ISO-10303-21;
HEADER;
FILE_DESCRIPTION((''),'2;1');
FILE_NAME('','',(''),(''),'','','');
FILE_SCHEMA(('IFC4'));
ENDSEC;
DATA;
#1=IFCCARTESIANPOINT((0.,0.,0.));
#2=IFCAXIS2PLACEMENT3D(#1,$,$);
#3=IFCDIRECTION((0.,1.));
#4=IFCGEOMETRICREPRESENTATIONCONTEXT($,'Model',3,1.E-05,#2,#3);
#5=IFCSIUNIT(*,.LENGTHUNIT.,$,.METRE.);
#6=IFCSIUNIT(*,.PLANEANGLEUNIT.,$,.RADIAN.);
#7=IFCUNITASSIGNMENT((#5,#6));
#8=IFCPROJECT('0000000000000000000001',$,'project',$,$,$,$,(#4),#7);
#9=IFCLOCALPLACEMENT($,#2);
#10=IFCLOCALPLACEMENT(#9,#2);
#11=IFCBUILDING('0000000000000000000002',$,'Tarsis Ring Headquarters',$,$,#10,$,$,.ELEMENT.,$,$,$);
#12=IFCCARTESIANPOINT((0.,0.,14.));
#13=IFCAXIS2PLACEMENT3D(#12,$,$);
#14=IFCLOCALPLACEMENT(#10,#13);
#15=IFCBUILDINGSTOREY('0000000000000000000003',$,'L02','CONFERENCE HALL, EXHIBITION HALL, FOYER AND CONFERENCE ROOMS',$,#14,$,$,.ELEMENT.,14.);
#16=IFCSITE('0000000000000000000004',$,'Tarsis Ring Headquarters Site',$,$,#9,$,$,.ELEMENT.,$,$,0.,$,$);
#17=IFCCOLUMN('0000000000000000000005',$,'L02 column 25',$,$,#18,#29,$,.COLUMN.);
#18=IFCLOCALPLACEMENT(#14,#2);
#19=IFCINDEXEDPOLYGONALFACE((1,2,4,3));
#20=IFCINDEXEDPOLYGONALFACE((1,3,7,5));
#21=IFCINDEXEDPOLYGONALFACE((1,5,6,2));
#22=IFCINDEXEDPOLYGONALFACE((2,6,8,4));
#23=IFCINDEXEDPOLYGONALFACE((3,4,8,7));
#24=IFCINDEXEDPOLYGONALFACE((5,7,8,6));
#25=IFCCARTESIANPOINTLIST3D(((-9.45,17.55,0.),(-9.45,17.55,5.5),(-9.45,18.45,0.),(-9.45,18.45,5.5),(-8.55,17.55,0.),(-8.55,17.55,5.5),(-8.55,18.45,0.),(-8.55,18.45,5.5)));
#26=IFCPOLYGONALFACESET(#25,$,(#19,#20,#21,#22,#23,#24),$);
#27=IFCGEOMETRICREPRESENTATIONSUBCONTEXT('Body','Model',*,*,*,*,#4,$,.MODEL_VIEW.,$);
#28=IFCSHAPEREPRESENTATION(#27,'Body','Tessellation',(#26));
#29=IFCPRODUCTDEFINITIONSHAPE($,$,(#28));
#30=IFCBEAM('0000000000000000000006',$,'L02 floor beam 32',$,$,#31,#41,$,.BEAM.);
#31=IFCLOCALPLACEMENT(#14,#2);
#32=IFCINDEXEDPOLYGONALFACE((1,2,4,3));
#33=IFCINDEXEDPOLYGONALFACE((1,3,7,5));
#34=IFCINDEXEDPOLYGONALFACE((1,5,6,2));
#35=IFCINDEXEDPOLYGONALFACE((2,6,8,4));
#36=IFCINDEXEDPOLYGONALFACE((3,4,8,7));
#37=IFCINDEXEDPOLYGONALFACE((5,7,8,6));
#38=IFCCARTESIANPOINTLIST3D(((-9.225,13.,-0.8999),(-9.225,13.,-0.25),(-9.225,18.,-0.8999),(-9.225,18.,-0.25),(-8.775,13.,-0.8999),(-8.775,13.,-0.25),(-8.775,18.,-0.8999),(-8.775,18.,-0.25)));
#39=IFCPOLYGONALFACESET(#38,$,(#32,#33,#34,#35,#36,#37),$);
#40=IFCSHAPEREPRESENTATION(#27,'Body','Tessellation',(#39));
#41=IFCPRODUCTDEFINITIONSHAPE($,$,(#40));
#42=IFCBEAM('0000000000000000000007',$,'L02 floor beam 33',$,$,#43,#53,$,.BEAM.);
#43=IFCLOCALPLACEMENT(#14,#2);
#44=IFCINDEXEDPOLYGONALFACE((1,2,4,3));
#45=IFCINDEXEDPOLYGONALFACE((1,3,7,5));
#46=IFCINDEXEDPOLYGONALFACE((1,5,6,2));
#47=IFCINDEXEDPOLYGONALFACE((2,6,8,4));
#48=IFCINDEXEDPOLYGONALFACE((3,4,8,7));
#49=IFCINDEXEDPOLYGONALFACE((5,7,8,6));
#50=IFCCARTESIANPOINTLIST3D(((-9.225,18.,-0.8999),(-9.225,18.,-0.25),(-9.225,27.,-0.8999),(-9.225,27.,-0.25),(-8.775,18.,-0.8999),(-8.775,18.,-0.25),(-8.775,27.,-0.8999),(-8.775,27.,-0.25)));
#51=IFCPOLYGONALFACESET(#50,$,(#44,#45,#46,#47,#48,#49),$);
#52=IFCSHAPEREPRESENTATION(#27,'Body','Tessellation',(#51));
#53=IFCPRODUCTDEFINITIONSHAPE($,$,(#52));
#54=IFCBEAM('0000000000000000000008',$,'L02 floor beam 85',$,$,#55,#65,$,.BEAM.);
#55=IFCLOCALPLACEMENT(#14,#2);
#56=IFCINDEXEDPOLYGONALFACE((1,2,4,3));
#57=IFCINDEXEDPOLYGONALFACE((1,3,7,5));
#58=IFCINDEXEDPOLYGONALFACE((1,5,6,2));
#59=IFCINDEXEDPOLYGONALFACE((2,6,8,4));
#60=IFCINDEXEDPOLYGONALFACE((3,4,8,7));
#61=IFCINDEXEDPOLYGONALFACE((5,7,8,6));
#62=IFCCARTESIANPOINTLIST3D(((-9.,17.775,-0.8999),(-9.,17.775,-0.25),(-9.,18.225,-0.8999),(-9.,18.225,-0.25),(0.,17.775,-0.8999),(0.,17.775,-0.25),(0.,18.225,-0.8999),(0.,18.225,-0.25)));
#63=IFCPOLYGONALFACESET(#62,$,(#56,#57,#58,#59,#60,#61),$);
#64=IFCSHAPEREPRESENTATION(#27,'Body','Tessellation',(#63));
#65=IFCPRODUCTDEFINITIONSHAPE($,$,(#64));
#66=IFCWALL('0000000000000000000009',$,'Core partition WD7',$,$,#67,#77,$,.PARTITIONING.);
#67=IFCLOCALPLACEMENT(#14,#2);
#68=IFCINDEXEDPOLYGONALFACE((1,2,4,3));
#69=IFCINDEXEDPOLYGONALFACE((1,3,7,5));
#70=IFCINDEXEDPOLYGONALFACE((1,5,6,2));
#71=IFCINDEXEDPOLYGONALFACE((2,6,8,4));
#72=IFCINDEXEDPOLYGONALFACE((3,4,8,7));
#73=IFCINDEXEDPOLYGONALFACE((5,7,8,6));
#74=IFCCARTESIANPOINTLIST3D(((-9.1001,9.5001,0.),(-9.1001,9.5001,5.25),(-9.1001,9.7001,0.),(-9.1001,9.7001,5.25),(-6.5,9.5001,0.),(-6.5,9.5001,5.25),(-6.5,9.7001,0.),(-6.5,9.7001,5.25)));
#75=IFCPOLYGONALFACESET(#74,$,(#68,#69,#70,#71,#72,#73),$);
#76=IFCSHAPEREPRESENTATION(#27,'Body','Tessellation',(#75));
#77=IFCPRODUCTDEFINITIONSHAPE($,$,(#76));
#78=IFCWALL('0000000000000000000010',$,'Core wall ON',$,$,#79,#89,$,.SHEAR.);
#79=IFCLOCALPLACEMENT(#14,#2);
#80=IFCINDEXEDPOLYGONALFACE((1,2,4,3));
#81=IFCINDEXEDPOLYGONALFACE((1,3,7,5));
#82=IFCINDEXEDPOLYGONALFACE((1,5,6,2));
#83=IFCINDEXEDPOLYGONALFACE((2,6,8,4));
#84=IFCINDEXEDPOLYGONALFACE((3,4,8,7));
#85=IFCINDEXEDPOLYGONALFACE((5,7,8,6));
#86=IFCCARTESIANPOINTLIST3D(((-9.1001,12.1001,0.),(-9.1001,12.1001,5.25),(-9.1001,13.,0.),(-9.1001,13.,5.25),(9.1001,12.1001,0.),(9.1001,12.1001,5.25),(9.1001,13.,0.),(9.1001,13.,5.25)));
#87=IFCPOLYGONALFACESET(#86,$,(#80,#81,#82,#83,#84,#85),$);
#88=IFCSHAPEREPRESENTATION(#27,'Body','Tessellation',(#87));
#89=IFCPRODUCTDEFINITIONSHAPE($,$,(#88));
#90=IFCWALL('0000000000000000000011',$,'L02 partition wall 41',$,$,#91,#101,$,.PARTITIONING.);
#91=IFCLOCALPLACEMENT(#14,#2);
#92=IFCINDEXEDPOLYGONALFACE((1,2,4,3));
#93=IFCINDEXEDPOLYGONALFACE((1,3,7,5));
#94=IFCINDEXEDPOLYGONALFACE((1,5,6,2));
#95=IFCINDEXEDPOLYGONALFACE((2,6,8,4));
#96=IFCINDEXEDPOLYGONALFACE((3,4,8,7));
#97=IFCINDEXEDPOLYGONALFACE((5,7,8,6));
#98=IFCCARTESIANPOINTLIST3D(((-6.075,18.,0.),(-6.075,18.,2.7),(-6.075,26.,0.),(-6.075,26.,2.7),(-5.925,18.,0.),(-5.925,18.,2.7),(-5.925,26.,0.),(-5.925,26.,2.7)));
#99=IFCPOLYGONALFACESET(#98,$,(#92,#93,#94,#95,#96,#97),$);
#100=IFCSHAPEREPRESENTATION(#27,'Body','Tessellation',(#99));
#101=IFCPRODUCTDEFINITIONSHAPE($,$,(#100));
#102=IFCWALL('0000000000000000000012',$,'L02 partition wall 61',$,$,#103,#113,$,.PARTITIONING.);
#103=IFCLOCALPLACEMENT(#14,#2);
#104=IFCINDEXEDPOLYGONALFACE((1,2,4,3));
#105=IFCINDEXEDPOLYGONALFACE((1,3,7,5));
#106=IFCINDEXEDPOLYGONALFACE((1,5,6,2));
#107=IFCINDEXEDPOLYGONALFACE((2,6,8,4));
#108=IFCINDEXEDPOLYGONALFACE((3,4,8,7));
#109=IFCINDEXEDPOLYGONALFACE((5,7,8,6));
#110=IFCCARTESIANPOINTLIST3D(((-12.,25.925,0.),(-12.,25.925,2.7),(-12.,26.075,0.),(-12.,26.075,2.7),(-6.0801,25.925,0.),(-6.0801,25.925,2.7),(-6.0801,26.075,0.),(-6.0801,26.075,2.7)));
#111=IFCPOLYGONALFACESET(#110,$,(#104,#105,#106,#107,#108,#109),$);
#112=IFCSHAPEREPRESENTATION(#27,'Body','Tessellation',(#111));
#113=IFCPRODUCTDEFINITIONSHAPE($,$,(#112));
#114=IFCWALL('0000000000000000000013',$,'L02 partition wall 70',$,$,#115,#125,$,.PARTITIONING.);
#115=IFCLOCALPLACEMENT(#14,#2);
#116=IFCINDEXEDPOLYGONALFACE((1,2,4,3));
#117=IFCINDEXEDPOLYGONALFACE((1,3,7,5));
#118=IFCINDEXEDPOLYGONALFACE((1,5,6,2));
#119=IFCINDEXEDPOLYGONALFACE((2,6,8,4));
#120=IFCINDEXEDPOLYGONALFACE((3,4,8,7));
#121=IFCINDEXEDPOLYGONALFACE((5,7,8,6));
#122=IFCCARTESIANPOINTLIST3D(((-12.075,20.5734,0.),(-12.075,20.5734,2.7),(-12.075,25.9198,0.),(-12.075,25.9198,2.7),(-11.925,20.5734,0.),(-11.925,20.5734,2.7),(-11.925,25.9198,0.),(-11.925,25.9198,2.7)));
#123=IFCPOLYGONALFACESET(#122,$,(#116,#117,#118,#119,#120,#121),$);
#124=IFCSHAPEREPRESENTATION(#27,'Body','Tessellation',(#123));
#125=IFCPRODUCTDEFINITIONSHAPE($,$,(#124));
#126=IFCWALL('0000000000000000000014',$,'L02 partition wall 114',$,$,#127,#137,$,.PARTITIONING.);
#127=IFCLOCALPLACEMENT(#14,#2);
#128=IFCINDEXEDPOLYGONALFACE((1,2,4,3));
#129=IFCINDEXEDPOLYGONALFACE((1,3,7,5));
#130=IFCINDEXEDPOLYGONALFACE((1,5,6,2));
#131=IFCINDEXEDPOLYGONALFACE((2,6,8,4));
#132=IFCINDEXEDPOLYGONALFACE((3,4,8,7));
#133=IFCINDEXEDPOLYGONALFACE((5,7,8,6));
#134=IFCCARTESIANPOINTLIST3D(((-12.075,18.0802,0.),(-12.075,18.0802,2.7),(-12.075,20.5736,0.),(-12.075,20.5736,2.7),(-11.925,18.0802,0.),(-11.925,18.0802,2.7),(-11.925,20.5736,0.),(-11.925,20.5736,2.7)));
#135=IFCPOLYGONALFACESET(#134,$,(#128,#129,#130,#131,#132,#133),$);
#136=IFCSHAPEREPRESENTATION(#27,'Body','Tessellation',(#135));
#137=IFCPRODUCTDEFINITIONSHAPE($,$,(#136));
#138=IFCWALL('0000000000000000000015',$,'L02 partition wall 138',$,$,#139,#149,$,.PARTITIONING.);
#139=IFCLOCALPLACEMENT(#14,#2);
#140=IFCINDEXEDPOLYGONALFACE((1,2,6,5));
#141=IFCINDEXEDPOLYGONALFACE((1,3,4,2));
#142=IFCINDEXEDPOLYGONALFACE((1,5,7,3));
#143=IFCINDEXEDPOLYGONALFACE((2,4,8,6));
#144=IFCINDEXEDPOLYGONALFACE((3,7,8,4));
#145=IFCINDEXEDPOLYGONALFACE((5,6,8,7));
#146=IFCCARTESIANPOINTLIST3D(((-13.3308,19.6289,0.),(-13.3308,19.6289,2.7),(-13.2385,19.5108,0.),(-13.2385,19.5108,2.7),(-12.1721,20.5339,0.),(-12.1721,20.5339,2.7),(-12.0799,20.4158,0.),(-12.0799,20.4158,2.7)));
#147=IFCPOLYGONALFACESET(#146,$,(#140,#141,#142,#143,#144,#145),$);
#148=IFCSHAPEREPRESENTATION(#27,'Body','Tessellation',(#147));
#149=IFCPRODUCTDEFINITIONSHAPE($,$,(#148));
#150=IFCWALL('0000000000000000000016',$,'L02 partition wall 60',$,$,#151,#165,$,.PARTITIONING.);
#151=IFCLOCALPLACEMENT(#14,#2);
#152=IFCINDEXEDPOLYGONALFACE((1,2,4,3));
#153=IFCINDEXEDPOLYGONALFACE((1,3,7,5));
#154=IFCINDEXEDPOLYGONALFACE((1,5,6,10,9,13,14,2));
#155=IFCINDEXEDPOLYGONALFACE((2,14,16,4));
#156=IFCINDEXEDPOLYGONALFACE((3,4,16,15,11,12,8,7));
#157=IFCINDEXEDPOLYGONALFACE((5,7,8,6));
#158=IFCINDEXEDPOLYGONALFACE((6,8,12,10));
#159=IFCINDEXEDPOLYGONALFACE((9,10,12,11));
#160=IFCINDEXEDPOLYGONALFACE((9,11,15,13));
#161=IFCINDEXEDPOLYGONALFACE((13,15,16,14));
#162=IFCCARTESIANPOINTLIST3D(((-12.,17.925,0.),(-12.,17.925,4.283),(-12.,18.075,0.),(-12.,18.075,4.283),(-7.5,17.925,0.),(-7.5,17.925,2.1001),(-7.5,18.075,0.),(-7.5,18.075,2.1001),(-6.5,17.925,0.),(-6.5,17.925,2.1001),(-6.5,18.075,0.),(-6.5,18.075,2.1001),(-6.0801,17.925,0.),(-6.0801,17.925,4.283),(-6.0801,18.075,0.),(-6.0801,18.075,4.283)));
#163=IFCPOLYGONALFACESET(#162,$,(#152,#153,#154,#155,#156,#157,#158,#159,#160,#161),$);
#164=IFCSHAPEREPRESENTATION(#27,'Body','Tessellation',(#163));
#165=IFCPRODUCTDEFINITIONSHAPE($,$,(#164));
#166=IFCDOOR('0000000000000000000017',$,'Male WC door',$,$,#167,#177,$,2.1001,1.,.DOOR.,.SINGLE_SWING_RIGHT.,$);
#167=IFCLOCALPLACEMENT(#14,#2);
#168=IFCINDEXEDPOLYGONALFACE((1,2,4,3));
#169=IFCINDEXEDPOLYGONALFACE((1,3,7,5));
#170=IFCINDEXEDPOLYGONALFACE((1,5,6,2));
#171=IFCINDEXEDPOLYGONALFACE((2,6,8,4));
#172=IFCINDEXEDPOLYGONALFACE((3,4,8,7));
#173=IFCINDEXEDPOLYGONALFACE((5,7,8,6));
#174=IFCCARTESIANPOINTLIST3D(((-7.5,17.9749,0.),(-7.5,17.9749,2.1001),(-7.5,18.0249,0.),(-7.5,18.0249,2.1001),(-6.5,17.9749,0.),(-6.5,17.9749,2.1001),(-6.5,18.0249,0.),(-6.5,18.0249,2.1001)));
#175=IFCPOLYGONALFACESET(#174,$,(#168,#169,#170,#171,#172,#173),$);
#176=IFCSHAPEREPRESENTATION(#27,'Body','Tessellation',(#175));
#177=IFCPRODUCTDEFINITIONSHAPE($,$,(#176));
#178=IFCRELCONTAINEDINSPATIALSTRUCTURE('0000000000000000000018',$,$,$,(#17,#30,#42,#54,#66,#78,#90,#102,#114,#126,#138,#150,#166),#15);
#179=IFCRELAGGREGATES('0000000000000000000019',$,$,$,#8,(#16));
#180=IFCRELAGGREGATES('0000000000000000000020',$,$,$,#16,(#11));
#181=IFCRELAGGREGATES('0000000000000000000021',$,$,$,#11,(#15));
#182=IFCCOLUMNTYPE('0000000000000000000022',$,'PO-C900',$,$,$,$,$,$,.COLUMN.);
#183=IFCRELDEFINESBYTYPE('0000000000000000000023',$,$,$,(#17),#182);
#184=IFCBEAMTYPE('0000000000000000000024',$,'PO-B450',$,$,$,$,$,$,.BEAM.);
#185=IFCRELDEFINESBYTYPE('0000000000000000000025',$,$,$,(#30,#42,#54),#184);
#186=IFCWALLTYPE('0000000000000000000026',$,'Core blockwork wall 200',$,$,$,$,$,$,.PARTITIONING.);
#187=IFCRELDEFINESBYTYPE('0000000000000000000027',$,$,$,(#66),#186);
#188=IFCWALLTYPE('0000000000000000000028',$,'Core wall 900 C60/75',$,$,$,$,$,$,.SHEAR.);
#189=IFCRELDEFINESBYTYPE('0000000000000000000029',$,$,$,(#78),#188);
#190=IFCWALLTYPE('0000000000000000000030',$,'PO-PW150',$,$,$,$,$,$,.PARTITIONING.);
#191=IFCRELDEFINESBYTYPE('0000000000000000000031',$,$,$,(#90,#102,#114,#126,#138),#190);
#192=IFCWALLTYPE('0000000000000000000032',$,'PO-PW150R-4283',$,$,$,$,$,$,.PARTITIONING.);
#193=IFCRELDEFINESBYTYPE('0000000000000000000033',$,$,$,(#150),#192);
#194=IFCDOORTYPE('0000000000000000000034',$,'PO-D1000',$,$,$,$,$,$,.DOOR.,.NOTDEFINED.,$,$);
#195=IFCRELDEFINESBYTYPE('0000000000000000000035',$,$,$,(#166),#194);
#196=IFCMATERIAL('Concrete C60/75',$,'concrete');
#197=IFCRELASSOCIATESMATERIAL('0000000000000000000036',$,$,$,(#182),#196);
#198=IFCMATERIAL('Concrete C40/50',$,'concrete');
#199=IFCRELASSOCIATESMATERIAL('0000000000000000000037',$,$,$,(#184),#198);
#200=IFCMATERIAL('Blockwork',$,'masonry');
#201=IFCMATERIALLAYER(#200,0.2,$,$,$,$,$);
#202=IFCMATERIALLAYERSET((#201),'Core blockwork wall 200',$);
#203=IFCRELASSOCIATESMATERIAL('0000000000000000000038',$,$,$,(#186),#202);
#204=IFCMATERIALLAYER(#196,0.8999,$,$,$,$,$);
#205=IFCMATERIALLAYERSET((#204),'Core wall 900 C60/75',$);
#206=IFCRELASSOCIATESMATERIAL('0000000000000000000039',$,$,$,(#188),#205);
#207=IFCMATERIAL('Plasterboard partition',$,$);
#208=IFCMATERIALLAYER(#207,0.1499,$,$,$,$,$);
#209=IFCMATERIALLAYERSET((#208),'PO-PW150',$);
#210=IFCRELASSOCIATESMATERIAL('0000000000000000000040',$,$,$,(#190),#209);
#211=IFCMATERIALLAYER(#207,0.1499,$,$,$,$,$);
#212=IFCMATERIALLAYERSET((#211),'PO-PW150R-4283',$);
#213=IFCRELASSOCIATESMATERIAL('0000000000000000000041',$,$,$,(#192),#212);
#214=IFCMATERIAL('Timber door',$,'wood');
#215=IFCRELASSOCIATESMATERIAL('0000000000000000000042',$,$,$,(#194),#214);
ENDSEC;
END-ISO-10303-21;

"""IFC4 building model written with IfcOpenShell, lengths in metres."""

from ifc_helpers import new_model, si_unit, direction, frame, frame_2d, origin, origin_2d, place, context, subcontext, project, spatial, rectangle, extrude, material, layer, layer_set, material_profile, profile_set, type_object, element, fill, save


model = new_model("IFC4")

# Units and contexts
model_context = context("Model", 3, precision=1e-05, world=origin(), true_north=direction((0.0, 1.0)))
body_context = subcontext(model_context, "Body", "Model", "MODEL_VIEW")
ifc_project = project(units=[si_unit("LENGTHUNIT", "METRE"), si_unit("PLANEANGLEUNIT", "RADIAN")], contexts=[model_context])

# Site, building, storey
site_placement = place(None, origin())
site = spatial("IfcSite", under=ifc_project, at=site_placement, Name="Tarsis Ring Headquarters Site", CompositionType="ELEMENT", RefElevation=0.0)
building_placement = place(site_placement, origin())
building = spatial("IfcBuilding", under=site, at=building_placement, Name="Tarsis Ring Headquarters", CompositionType="ELEMENT")
storey_placement = place(building_placement, frame((0.0, 0.0, 14.0)))
storey = spatial("IfcBuildingStorey", under=building, at=storey_placement, Name="L02", Description="CONFERENCE HALL, EXHIBITION HALL, FOYER AND CONFERENCE ROOMS", CompositionType="ELEMENT", Elevation=14.0)

# Column
ifc_material_1 = material(Name="Concrete C60/75", Category="concrete")
ifc_material_profile_1 = material_profile(ifc_material_1, rectangle(XDim=0.8999, YDim=0.8999, at=origin_2d()), Name="PO-C900")
ifc_profile_set_1 = profile_set([ifc_material_profile_1], Name="Concrete C60/75")
column_type = type_object("IfcColumnType", Name="PO-C900", PredefinedType="COLUMN", material=ifc_profile_set_1)
column_placement = place(storey_placement, frame((-9.0, 18.0, 0.0), z_axis=(0.0, 0.0, 1.0), x_axis=(1.0, 0.0, 0.0)))
element("IfcColumn", 1, at=column_placement, inside=storey, type_object=column_type, Name="L02 column 25", PredefinedType="COLUMN", context=body_context, shape_type="SweptSolid", body=[
    extrude(rectangle(XDim=0.8999, YDim=0.8999, at=origin_2d()), origin(), (0.0, 0.0, 1.0), 5.5),
])

# Beams
ifc_material_2 = material(Name="Concrete C40/50", Category="concrete")
ifc_material_profile_2 = material_profile(ifc_material_2, rectangle(XDim=0.45, YDim=0.6499, at=origin_2d()), Name="PO-B450")
ifc_profile_set_2 = profile_set([ifc_material_profile_2], Name="Concrete C40/50")
beam_type = type_object("IfcBeamType", Name="PO-B450", PredefinedType="BEAM", material=ifc_profile_set_2)
beam_placement = place(storey_placement, frame((-9.0, 13.0, -0.575), z_axis=(0.0, 1.0, 0.0), x_axis=(-1.0, 0.0, 0.0)))
element("IfcBeam", 2, at=beam_placement, inside=storey, type_object=beam_type, Name="L02 floor beam 32", PredefinedType="BEAM", context=body_context, shape_type="SweptSolid", body=[
    extrude(rectangle(XDim=0.45, YDim=0.6499, at=origin_2d()), origin(), (0.0, 0.0, 1.0), 5.0),
])
for number, where, z_axis, x_axis, name in (
    (3, (-9.0, 18.0, -0.575), (0.0, 1.0, 0.0), (-1.0, 0.0, 0.0), "L02 floor beam 33"),
    (4, (-9.0, 18.0, -0.575), (1.0, 0.0, 0.0), (0.0, 1.0, 0.0), "L02 floor beam 85"),
):
    element("IfcBeam", number, at=place(storey_placement, frame(where, z_axis=z_axis, x_axis=x_axis)), inside=storey, type_object=beam_type, Name=name, PredefinedType="BEAM", context=body_context, shape_type="SweptSolid", body=[
        extrude(rectangle(XDim=0.45, YDim=0.6499, at=origin_2d()), origin(), (0.0, 0.0, 1.0), 9.0),
    ])

# Walls
ifc_material_3 = material(Name="Blockwork", Category="masonry")
ifc_layer_1 = layer(ifc_material_3, 0.2)
ifc_layer_set_1 = layer_set([ifc_layer_1], Name="Core blockwork wall 200")
wall_type_1 = type_object("IfcWallType", Name="Core blockwork wall 200", PredefinedType="PARTITIONING", material=ifc_layer_set_1)
wall_1_placement = place(storey_placement, frame((-9.1001, 9.6001, 0.0), z_axis=(0.0, 0.0, 1.0), x_axis=(1.0, 0.0, 0.0)))
element("IfcWall", 5, at=wall_1_placement, inside=storey, type_object=wall_type_1, Name="Core partition WD7", PredefinedType="PARTITIONING", context=body_context, shape_type="SweptSolid", body=[
    extrude(rectangle(XDim=2.6001, YDim=0.2, at=frame_2d((1.3, 0.0))), origin(), (0.0, 0.0, 1.0), 5.25),
])
ifc_layer_2 = layer(ifc_material_1, 0.8999)
ifc_layer_set_2 = layer_set([ifc_layer_2], Name="Core wall 900 C60/75")
wall_type_2 = type_object("IfcWallType", Name="Core wall 900 C60/75", PredefinedType="SHEAR", material=ifc_layer_set_2)
wall_2_placement = place(storey_placement, frame((-9.1001, 12.55, 0.0), z_axis=(0.0, 0.0, 1.0), x_axis=(1.0, 0.0, 0.0)))
element("IfcWall", 6, at=wall_2_placement, inside=storey, type_object=wall_type_2, Name="Core wall ON", PredefinedType="SHEAR", context=body_context, shape_type="SweptSolid", body=[
    extrude(rectangle(XDim=18.2002, YDim=0.8999, at=frame_2d((9.1001, 0.0))), origin(), (0.0, 0.0, 1.0), 5.25),
])
ifc_material_4 = material(Name="Plasterboard partition")
ifc_layer_3 = layer(ifc_material_4, 0.1499)
ifc_layer_set_3 = layer_set([ifc_layer_3], Name="PO-PW150")
wall_type_3 = type_object("IfcWallType", Name="PO-PW150", PredefinedType="PARTITIONING", material=ifc_layer_set_3)
wall_3_placement = place(storey_placement, frame((-6.0, 18.0, 0.0), z_axis=(0.0, 0.0, 1.0), x_axis=(0.0, 1.0, 0.0)))
element("IfcWall", 7, at=wall_3_placement, inside=storey, type_object=wall_type_3, Name="L02 partition wall 41", PredefinedType="PARTITIONING", context=body_context, shape_type="SweptSolid", body=[
    extrude(rectangle(XDim=8.0, YDim=0.1499, at=frame_2d((4.0, 0.0))), origin(), (0.0, 0.0, 1.0), 2.7),
])
wall_4_placement = place(storey_placement, frame((-6.0801, 26.0, 0.0), z_axis=(0.0, 0.0, 1.0), x_axis=(-1.0, 0.0, 0.0)))
element("IfcWall", 8, at=wall_4_placement, inside=storey, type_object=wall_type_3, Name="L02 partition wall 61", PredefinedType="PARTITIONING", context=body_context, shape_type="SweptSolid", body=[
    extrude(rectangle(XDim=5.9199, YDim=0.1499, at=frame_2d((2.96, 0.0))), origin(), (0.0, 0.0, 1.0), 2.7),
])
wall_5_placement = place(storey_placement, frame((-12.0, 25.9199, 0.0), z_axis=(0.0, 0.0, 1.0), x_axis=(0.0, -1.0, 0.0)))
element("IfcWall", 9, at=wall_5_placement, inside=storey, type_object=wall_type_3, Name="L02 partition wall 70", PredefinedType="PARTITIONING", context=body_context, shape_type="SweptSolid", body=[
    extrude(rectangle(XDim=5.3464, YDim=0.1499, at=frame_2d((2.6733, 0.0))), origin(), (0.0, 0.0, 1.0), 2.7),
])
wall_6_placement = place(storey_placement, frame((-12.0, 20.5735, 0.0), z_axis=(0.0, 0.0, 1.0), x_axis=(0.0, -1.0, 0.0)))
element("IfcWall", 10, at=wall_6_placement, inside=storey, type_object=wall_type_3, Name="L02 partition wall 114", PredefinedType="PARTITIONING", context=body_context, shape_type="SweptSolid", body=[
    extrude(rectangle(XDim=2.4934, YDim=0.1499, at=frame_2d((1.2466, 0.0))), origin(), (0.0, 0.0, 1.0), 2.7),
])
wall_7_placement = place(storey_placement, frame((-13.2847, 19.5698, 0.0), z_axis=(0.0, 0.0, 1.0), x_axis=(0.78809, 0.61556, 0.0)))
element("IfcWall", 11, at=wall_7_placement, inside=storey, type_object=wall_type_3, Name="L02 partition wall 138", PredefinedType="PARTITIONING", context=body_context, shape_type="SweptSolid", body=[
    extrude(rectangle(XDim=1.4702, YDim=0.1499, at=frame_2d((0.7351, 0.0))), origin(), (0.0, 0.0, 1.0), 2.7),
])

# Wall, opening, door
ifc_layer_4 = layer(ifc_material_4, 0.1499)
ifc_layer_set_4 = layer_set([ifc_layer_4], Name="PO-PW150R-4283")
wall_type_4 = type_object("IfcWallType", Name="PO-PW150R-4283", PredefinedType="PARTITIONING", material=ifc_layer_set_4)
wall_8_placement = place(storey_placement, frame((-12.0, 18.0, 0.0), z_axis=(0.0, 0.0, 1.0), x_axis=(1.0, 0.0, 0.0)))
wall_8 = element("IfcWall", 12, at=wall_8_placement, inside=storey, type_object=wall_type_4, Name="L02 partition wall 60", PredefinedType="PARTITIONING", context=body_context, shape_type="SweptSolid", body=[
    extrude(rectangle(XDim=5.9199, YDim=0.1499, at=frame_2d((2.96, 0.0))), origin(), (0.0, 0.0, 1.0), 4.283),
])
opening_1_placement = place(wall_8_placement, frame((4.5, 0.0, 0.0)))
opening_1 = element("IfcOpeningElement", 13, at=opening_1_placement, cuts=wall_8, PredefinedType="OPENING", context=body_context, shape_type="SweptSolid", body=[
    extrude(rectangle(XDim=1.0, YDim=2.1001, at=frame_2d((0.5, 1.05))), frame((0.0, 0.085, 0.0), z_axis=(0.0, -1.0, 0.0), x_axis=(1.0, 0.0, 0.0)), (0.0, 0.0, 1.0), 0.1699),
])
ifc_material_5 = material(Name="Timber door", Category="wood")
door_type = type_object("IfcDoorType", Name="PO-D1000", OperationType="NOTDEFINED", PredefinedType="DOOR", material=ifc_material_5)
door_1_placement = place(opening_1_placement, origin())
door_1 = element("IfcDoor", 14, at=door_1_placement, inside=storey, type_object=door_type, Name="Male WC door", OperationType="SINGLE_SWING_RIGHT", OverallHeight=2.1001, OverallWidth=1.0, PredefinedType="DOOR", context=body_context, shape_type="SweptSolid", body=[
    extrude(rectangle(XDim=1.0, YDim=2.1001, at=frame_2d((0.5, 1.05))), frame((0.0, 0.0249, 0.0), z_axis=(0.0, -1.0, 0.0), x_axis=(1.0, 0.0, 0.0)), (0.0, 0.0, 1.0), 0.05),
])
fill(opening_1, door_1)

save(model, "model.ifc")
